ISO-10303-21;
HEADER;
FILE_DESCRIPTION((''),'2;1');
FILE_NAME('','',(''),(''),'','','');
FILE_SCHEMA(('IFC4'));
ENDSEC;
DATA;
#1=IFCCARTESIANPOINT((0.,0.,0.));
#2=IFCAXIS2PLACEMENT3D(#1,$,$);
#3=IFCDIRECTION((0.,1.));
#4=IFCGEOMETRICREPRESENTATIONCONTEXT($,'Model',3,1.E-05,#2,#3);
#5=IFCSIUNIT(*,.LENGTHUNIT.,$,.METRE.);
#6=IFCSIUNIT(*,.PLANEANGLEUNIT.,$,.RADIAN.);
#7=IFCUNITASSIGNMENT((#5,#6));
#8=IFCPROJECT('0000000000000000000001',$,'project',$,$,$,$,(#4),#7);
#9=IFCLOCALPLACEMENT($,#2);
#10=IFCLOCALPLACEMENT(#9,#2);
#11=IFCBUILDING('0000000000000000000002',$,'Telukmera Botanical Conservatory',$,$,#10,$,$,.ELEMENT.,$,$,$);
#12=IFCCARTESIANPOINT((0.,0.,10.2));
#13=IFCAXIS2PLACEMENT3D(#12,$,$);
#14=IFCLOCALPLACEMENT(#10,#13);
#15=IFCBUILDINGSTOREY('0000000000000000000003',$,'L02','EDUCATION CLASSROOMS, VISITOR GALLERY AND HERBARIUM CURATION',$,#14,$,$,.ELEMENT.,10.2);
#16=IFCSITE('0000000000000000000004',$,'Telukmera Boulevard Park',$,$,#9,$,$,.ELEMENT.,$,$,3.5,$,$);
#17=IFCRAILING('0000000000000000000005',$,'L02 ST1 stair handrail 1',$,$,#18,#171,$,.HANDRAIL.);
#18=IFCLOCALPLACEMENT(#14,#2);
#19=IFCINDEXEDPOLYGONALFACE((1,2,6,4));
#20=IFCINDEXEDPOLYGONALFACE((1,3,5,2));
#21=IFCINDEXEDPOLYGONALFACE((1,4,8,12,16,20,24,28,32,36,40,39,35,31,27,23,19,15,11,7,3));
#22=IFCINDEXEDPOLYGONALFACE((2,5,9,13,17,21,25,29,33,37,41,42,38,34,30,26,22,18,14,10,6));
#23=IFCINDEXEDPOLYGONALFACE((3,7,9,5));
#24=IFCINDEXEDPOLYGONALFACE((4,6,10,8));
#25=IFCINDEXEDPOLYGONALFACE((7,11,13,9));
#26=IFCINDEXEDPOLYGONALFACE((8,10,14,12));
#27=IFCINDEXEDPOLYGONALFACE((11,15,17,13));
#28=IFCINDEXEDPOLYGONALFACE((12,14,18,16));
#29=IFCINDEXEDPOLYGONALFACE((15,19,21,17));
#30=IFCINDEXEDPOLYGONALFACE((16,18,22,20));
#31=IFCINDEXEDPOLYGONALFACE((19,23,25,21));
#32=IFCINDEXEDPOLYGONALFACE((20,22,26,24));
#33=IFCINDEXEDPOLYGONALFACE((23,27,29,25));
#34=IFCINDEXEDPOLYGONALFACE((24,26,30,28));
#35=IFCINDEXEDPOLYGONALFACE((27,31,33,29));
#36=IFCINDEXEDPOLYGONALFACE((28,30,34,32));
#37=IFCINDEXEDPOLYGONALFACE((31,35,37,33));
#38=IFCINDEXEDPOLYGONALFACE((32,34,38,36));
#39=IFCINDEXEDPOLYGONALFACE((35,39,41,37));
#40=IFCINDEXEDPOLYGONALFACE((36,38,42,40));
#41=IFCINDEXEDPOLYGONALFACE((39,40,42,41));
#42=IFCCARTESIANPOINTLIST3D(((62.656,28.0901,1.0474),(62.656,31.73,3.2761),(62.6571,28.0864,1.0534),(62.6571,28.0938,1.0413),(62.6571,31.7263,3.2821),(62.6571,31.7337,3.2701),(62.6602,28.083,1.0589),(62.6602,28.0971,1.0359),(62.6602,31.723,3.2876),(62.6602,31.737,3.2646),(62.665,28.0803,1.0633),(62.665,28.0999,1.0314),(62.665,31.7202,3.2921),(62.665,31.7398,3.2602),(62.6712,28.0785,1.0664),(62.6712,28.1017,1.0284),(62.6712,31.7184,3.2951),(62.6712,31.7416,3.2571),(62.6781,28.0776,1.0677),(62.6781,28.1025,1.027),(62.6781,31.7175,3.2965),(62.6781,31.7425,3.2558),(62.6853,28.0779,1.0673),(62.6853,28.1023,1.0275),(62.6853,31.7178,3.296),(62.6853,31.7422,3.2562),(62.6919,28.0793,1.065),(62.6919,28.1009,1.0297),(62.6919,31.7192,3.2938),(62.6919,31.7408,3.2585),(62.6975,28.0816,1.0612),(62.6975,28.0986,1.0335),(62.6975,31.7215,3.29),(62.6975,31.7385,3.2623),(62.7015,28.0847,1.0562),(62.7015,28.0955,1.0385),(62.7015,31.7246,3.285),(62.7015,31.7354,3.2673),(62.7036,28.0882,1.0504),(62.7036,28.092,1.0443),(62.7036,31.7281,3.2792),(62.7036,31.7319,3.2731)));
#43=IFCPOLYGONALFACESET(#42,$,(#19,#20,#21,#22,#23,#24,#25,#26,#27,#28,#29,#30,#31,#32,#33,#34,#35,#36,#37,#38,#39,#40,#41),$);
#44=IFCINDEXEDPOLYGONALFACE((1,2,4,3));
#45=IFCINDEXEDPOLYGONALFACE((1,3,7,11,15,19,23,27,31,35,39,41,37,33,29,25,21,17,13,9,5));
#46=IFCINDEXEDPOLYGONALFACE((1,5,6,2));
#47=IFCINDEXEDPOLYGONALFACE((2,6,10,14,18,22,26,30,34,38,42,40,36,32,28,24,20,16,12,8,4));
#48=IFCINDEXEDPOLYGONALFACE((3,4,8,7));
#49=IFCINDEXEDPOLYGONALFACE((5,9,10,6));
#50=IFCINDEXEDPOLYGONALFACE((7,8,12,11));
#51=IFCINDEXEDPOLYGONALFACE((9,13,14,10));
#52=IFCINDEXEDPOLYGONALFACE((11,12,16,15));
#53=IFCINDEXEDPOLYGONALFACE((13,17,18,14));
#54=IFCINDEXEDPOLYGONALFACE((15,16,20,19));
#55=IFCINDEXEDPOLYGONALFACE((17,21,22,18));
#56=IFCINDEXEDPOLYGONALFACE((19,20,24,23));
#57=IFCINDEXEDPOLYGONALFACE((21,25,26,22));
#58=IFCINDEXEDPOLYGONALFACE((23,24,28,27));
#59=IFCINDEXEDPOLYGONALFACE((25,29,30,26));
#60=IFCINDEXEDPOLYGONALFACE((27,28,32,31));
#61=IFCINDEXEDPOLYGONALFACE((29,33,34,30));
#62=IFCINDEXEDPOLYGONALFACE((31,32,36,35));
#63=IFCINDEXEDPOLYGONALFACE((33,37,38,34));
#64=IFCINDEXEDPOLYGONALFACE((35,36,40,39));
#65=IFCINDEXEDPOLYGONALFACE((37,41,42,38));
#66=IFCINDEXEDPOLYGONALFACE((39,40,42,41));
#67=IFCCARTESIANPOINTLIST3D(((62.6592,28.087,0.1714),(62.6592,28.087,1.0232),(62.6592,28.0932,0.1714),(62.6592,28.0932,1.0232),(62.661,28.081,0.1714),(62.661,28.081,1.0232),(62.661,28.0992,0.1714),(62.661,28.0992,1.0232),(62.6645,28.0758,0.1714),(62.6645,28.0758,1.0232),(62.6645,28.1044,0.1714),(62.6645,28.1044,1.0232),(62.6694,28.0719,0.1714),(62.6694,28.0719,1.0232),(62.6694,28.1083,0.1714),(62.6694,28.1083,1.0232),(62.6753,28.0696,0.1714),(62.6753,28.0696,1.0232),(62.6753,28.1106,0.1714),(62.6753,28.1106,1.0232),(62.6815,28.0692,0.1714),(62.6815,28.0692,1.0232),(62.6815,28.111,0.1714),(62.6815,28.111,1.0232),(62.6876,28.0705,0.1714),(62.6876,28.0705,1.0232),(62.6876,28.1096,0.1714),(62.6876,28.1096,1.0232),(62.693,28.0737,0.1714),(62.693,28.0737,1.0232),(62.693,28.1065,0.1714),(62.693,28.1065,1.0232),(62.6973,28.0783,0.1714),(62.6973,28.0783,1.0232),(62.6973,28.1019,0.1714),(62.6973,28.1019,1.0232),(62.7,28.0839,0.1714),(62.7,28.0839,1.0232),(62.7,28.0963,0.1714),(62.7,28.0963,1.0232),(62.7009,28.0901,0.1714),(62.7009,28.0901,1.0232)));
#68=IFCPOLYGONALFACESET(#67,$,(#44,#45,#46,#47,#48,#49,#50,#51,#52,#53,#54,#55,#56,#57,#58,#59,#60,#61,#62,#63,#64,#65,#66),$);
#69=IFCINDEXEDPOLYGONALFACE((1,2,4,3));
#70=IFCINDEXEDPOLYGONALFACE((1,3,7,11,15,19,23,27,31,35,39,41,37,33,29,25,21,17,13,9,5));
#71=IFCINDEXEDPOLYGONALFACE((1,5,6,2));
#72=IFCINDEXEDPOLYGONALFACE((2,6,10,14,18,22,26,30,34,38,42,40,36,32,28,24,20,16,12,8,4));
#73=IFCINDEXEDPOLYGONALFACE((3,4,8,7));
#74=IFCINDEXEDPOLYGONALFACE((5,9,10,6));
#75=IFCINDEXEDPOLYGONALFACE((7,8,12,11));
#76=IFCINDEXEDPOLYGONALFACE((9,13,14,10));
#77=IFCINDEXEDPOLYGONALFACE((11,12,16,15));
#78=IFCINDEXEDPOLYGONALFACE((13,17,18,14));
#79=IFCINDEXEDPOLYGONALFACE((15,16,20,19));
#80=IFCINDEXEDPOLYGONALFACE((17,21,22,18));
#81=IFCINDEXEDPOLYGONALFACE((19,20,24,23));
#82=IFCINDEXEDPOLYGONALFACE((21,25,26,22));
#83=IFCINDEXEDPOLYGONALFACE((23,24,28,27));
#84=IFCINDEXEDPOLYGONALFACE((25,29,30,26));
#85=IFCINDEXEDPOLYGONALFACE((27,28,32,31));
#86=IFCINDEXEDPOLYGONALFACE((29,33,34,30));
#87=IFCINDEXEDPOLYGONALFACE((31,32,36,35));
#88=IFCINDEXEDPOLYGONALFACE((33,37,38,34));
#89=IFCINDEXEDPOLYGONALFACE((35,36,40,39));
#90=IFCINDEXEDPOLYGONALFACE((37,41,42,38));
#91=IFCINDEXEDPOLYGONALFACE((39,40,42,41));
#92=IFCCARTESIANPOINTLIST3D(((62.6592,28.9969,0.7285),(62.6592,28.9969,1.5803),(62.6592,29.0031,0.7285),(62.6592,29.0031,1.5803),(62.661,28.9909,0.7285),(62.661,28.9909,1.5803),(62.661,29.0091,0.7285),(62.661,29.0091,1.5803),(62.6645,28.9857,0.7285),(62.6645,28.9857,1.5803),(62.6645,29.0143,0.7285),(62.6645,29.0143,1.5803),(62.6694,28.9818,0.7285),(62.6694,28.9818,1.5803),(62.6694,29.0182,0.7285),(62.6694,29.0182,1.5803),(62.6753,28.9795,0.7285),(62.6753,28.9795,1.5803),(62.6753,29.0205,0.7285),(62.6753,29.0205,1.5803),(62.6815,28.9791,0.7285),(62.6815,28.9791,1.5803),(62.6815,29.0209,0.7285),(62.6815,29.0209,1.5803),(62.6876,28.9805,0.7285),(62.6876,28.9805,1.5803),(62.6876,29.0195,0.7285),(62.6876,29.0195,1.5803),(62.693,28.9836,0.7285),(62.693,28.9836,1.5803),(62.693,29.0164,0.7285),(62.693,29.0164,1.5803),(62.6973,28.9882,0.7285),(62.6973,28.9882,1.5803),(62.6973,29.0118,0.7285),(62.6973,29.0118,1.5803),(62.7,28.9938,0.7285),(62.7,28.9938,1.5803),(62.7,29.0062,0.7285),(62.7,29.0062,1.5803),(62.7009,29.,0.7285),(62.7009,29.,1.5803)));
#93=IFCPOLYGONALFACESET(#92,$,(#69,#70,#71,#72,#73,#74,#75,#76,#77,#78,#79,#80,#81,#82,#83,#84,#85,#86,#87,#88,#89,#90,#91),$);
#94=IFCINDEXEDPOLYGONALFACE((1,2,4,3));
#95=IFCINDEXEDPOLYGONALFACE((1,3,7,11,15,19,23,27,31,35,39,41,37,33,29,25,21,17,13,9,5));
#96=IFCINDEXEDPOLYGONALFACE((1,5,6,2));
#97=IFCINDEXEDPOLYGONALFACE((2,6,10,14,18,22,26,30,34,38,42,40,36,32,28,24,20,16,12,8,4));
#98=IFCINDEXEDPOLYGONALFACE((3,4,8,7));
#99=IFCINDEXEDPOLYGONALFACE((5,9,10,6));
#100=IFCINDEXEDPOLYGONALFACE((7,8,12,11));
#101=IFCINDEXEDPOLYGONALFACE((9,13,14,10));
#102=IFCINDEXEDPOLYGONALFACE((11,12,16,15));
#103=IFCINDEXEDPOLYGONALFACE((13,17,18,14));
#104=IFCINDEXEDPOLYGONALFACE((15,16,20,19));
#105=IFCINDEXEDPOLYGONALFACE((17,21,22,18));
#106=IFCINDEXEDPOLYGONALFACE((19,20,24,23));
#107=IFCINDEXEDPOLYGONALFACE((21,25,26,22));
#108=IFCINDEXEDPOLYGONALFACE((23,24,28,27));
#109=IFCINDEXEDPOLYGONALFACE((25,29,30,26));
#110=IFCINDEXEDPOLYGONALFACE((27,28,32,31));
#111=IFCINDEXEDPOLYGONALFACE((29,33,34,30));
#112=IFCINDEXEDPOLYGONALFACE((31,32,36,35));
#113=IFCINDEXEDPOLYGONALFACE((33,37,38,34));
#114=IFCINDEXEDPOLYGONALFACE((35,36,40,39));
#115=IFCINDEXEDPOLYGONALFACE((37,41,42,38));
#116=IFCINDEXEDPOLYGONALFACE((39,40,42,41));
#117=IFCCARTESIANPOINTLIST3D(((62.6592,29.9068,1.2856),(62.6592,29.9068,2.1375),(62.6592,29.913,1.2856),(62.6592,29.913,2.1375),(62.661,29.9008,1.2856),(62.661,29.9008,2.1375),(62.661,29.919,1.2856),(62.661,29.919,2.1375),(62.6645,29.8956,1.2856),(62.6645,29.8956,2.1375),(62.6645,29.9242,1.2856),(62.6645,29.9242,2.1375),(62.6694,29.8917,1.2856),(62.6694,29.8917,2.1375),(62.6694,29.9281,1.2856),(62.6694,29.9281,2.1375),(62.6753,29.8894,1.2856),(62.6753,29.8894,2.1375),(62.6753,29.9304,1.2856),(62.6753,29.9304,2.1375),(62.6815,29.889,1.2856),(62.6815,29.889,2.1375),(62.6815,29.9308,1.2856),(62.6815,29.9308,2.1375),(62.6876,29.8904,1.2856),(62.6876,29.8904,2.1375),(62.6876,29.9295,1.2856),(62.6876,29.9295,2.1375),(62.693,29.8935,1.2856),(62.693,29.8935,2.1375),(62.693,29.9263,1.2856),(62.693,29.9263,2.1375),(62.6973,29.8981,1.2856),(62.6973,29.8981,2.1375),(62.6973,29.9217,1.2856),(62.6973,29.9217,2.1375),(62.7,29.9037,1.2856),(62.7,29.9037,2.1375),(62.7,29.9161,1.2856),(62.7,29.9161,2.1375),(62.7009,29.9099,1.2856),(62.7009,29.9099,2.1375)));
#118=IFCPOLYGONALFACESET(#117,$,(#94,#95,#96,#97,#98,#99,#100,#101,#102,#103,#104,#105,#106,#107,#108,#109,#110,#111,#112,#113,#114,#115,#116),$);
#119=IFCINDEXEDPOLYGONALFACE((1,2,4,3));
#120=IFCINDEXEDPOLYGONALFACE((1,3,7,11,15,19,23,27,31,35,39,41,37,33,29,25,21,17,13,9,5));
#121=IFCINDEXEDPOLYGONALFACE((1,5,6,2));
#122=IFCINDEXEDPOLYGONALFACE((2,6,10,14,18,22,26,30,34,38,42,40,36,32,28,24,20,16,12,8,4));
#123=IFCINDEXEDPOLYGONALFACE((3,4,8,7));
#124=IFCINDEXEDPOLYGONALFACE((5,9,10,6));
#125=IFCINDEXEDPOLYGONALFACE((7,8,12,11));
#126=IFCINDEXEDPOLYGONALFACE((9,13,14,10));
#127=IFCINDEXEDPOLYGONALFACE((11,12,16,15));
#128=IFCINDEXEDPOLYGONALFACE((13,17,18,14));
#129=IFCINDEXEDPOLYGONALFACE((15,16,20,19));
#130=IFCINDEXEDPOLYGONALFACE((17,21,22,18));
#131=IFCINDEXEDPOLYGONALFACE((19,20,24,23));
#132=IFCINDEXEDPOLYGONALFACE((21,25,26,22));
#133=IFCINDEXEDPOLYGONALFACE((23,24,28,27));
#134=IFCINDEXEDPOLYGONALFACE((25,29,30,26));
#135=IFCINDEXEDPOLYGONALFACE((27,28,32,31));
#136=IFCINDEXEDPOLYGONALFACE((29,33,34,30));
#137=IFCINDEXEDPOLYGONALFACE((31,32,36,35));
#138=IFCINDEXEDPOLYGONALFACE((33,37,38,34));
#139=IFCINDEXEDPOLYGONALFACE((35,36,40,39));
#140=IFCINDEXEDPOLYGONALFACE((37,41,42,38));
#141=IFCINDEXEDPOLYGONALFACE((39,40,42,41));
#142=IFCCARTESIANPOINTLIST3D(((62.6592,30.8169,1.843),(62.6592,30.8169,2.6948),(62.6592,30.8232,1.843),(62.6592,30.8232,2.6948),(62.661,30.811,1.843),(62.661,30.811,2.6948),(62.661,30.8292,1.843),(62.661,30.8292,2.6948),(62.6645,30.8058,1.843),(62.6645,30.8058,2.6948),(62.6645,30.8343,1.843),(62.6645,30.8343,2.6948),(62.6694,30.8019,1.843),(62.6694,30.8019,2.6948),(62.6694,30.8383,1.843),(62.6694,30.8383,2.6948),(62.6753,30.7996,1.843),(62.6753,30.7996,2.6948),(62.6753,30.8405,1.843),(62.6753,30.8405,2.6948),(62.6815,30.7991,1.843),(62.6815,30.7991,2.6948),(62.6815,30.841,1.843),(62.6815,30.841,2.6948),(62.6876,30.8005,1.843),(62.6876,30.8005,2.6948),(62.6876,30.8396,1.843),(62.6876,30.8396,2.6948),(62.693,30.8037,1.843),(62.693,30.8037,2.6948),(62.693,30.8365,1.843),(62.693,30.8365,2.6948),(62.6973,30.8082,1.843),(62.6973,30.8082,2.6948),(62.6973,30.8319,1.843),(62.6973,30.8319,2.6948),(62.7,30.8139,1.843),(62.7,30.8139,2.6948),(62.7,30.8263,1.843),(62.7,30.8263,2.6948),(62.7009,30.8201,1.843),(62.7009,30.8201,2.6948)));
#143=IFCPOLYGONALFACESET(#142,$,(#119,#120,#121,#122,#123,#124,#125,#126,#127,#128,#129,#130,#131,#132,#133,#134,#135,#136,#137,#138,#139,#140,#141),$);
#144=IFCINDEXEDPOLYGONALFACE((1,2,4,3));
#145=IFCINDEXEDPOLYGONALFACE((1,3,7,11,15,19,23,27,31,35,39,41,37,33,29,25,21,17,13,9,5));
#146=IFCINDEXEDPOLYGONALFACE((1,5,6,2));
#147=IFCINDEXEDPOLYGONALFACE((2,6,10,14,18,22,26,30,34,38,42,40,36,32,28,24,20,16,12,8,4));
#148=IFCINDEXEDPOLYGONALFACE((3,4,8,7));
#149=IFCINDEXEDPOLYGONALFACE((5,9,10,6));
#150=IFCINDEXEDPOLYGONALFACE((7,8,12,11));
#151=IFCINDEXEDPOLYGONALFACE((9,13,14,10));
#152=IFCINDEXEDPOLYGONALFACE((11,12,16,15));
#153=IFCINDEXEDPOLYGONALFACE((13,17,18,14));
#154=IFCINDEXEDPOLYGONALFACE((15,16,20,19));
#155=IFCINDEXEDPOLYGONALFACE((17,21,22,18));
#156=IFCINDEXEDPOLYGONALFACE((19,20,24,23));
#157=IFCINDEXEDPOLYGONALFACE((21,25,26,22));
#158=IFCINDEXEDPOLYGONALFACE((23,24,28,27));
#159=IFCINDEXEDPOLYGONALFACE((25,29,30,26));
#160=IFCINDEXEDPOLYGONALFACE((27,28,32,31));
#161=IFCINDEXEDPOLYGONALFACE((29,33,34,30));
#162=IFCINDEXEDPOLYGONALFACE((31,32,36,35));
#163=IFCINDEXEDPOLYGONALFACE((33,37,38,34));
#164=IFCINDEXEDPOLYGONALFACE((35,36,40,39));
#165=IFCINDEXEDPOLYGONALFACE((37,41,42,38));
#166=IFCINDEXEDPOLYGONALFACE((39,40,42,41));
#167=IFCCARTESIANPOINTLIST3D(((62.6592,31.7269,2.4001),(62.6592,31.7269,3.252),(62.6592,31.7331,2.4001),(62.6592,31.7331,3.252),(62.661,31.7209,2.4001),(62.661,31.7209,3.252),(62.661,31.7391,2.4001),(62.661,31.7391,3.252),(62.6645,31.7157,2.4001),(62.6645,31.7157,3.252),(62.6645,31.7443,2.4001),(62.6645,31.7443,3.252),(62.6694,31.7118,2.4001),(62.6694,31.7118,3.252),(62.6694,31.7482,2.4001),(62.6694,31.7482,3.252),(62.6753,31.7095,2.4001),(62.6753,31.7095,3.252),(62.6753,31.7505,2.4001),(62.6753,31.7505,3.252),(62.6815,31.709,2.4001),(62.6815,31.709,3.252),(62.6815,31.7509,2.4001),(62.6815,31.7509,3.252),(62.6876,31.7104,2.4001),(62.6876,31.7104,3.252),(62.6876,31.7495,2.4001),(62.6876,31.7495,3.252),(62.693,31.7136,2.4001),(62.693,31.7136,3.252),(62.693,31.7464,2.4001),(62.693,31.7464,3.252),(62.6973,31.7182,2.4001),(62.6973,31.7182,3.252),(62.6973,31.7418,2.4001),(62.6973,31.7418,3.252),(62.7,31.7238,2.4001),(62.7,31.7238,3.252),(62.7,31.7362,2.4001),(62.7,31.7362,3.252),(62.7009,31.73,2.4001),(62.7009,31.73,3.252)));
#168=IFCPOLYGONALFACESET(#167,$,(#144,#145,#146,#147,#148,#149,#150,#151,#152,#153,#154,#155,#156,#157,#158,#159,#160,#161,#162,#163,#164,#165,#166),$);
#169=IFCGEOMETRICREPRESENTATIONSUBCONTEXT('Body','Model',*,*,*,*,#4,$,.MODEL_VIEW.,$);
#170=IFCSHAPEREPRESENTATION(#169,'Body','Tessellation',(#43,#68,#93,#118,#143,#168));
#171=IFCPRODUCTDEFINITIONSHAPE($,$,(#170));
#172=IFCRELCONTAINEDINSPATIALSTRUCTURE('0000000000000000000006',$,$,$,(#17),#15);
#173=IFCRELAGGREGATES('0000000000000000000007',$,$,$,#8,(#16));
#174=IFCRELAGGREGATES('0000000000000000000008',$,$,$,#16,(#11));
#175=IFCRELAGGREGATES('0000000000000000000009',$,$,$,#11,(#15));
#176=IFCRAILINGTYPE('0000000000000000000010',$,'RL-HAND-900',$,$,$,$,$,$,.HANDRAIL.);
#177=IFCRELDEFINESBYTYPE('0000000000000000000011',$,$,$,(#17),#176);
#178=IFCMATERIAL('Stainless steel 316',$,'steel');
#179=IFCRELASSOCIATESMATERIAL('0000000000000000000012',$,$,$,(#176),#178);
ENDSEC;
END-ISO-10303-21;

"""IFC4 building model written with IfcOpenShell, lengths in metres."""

from ifc_helpers import new_model, si_unit, direction, frame, origin, origin_2d, place, context, subcontext, project, spatial, circle, extrude, material, type_object, element, save


model = new_model("IFC4")

# Units and contexts
model_context = context("Model", 3, precision=1e-05, world=origin(), true_north=direction((0.0, 1.0)))
body_context = subcontext(model_context, "Body", "Model", "MODEL_VIEW")
ifc_project = project(units=[si_unit("LENGTHUNIT", "METRE"), si_unit("PLANEANGLEUNIT", "RADIAN")], contexts=[model_context])

# Site, building, storey
site_placement = place(None, origin())
site = spatial("IfcSite", under=ifc_project, at=site_placement, Name="Telukmera Boulevard Park", CompositionType="ELEMENT", RefElevation=3.5)
building_placement = place(site_placement, origin())
building = spatial("IfcBuilding", under=site, at=building_placement, Name="Telukmera Botanical Conservatory", CompositionType="ELEMENT")
storey_placement = place(building_placement, frame((0.0, 0.0, 10.2)))
storey = spatial("IfcBuildingStorey", under=building, at=storey_placement, Name="L02", Description="EDUCATION CLASSROOMS, VISITOR GALLERY AND HERBARIUM CURATION", CompositionType="ELEMENT", Elevation=10.2)

# Shared definitions
ifc_material_1 = material(Name="Stainless steel 316", Category="steel")

# Railing
railing_type_1 = type_object("IfcRailingType", Name="RL-HAND-900", PredefinedType="HANDRAIL", material=ifc_material_1)
railing_1_placement = place(storey_placement, frame((62.6799, 28.0901, 0.1714)))
element("IfcRailing", 1, at=railing_1_placement, inside=storey, type_object=railing_type_1, Name="L02 ST1 stair handrail 1", PredefinedType="HANDRAIL", context=body_context, shape_type="SweptSolid", body=[
    extrude(circle(Radius=0.0239, at=origin_2d()), frame((0.0, 0.0, 0.876), z_axis=(0.0, 0.852825, 0.522197), x_axis=(-1.0, 0.0, 0.0)), (0.0, 0.0, 1.0), 4.2681),
    extrude(circle(Radius=0.021, at=origin_2d()), origin(), (0.0, 0.0, 1.0), 0.8518),
    extrude(circle(Radius=0.021, at=origin_2d()), frame((0.0, 0.9099, 0.5571)), (0.0, 0.0, 1.0), 0.8518),
    extrude(circle(Radius=0.021, at=origin_2d()), frame((0.0, 1.8198, 1.1143)), (0.0, 0.0, 1.0), 0.8518),
    extrude(circle(Radius=0.021, at=origin_2d()), frame((0.0, 2.73, 1.6716)), (0.0, 0.0, 1.0), 0.8518),
    extrude(circle(Radius=0.021, at=origin_2d()), frame((0.0, 3.6399, 2.2288)), (0.0, 0.0, 1.0), 0.8518),
])

save(model, "model.ifc")
